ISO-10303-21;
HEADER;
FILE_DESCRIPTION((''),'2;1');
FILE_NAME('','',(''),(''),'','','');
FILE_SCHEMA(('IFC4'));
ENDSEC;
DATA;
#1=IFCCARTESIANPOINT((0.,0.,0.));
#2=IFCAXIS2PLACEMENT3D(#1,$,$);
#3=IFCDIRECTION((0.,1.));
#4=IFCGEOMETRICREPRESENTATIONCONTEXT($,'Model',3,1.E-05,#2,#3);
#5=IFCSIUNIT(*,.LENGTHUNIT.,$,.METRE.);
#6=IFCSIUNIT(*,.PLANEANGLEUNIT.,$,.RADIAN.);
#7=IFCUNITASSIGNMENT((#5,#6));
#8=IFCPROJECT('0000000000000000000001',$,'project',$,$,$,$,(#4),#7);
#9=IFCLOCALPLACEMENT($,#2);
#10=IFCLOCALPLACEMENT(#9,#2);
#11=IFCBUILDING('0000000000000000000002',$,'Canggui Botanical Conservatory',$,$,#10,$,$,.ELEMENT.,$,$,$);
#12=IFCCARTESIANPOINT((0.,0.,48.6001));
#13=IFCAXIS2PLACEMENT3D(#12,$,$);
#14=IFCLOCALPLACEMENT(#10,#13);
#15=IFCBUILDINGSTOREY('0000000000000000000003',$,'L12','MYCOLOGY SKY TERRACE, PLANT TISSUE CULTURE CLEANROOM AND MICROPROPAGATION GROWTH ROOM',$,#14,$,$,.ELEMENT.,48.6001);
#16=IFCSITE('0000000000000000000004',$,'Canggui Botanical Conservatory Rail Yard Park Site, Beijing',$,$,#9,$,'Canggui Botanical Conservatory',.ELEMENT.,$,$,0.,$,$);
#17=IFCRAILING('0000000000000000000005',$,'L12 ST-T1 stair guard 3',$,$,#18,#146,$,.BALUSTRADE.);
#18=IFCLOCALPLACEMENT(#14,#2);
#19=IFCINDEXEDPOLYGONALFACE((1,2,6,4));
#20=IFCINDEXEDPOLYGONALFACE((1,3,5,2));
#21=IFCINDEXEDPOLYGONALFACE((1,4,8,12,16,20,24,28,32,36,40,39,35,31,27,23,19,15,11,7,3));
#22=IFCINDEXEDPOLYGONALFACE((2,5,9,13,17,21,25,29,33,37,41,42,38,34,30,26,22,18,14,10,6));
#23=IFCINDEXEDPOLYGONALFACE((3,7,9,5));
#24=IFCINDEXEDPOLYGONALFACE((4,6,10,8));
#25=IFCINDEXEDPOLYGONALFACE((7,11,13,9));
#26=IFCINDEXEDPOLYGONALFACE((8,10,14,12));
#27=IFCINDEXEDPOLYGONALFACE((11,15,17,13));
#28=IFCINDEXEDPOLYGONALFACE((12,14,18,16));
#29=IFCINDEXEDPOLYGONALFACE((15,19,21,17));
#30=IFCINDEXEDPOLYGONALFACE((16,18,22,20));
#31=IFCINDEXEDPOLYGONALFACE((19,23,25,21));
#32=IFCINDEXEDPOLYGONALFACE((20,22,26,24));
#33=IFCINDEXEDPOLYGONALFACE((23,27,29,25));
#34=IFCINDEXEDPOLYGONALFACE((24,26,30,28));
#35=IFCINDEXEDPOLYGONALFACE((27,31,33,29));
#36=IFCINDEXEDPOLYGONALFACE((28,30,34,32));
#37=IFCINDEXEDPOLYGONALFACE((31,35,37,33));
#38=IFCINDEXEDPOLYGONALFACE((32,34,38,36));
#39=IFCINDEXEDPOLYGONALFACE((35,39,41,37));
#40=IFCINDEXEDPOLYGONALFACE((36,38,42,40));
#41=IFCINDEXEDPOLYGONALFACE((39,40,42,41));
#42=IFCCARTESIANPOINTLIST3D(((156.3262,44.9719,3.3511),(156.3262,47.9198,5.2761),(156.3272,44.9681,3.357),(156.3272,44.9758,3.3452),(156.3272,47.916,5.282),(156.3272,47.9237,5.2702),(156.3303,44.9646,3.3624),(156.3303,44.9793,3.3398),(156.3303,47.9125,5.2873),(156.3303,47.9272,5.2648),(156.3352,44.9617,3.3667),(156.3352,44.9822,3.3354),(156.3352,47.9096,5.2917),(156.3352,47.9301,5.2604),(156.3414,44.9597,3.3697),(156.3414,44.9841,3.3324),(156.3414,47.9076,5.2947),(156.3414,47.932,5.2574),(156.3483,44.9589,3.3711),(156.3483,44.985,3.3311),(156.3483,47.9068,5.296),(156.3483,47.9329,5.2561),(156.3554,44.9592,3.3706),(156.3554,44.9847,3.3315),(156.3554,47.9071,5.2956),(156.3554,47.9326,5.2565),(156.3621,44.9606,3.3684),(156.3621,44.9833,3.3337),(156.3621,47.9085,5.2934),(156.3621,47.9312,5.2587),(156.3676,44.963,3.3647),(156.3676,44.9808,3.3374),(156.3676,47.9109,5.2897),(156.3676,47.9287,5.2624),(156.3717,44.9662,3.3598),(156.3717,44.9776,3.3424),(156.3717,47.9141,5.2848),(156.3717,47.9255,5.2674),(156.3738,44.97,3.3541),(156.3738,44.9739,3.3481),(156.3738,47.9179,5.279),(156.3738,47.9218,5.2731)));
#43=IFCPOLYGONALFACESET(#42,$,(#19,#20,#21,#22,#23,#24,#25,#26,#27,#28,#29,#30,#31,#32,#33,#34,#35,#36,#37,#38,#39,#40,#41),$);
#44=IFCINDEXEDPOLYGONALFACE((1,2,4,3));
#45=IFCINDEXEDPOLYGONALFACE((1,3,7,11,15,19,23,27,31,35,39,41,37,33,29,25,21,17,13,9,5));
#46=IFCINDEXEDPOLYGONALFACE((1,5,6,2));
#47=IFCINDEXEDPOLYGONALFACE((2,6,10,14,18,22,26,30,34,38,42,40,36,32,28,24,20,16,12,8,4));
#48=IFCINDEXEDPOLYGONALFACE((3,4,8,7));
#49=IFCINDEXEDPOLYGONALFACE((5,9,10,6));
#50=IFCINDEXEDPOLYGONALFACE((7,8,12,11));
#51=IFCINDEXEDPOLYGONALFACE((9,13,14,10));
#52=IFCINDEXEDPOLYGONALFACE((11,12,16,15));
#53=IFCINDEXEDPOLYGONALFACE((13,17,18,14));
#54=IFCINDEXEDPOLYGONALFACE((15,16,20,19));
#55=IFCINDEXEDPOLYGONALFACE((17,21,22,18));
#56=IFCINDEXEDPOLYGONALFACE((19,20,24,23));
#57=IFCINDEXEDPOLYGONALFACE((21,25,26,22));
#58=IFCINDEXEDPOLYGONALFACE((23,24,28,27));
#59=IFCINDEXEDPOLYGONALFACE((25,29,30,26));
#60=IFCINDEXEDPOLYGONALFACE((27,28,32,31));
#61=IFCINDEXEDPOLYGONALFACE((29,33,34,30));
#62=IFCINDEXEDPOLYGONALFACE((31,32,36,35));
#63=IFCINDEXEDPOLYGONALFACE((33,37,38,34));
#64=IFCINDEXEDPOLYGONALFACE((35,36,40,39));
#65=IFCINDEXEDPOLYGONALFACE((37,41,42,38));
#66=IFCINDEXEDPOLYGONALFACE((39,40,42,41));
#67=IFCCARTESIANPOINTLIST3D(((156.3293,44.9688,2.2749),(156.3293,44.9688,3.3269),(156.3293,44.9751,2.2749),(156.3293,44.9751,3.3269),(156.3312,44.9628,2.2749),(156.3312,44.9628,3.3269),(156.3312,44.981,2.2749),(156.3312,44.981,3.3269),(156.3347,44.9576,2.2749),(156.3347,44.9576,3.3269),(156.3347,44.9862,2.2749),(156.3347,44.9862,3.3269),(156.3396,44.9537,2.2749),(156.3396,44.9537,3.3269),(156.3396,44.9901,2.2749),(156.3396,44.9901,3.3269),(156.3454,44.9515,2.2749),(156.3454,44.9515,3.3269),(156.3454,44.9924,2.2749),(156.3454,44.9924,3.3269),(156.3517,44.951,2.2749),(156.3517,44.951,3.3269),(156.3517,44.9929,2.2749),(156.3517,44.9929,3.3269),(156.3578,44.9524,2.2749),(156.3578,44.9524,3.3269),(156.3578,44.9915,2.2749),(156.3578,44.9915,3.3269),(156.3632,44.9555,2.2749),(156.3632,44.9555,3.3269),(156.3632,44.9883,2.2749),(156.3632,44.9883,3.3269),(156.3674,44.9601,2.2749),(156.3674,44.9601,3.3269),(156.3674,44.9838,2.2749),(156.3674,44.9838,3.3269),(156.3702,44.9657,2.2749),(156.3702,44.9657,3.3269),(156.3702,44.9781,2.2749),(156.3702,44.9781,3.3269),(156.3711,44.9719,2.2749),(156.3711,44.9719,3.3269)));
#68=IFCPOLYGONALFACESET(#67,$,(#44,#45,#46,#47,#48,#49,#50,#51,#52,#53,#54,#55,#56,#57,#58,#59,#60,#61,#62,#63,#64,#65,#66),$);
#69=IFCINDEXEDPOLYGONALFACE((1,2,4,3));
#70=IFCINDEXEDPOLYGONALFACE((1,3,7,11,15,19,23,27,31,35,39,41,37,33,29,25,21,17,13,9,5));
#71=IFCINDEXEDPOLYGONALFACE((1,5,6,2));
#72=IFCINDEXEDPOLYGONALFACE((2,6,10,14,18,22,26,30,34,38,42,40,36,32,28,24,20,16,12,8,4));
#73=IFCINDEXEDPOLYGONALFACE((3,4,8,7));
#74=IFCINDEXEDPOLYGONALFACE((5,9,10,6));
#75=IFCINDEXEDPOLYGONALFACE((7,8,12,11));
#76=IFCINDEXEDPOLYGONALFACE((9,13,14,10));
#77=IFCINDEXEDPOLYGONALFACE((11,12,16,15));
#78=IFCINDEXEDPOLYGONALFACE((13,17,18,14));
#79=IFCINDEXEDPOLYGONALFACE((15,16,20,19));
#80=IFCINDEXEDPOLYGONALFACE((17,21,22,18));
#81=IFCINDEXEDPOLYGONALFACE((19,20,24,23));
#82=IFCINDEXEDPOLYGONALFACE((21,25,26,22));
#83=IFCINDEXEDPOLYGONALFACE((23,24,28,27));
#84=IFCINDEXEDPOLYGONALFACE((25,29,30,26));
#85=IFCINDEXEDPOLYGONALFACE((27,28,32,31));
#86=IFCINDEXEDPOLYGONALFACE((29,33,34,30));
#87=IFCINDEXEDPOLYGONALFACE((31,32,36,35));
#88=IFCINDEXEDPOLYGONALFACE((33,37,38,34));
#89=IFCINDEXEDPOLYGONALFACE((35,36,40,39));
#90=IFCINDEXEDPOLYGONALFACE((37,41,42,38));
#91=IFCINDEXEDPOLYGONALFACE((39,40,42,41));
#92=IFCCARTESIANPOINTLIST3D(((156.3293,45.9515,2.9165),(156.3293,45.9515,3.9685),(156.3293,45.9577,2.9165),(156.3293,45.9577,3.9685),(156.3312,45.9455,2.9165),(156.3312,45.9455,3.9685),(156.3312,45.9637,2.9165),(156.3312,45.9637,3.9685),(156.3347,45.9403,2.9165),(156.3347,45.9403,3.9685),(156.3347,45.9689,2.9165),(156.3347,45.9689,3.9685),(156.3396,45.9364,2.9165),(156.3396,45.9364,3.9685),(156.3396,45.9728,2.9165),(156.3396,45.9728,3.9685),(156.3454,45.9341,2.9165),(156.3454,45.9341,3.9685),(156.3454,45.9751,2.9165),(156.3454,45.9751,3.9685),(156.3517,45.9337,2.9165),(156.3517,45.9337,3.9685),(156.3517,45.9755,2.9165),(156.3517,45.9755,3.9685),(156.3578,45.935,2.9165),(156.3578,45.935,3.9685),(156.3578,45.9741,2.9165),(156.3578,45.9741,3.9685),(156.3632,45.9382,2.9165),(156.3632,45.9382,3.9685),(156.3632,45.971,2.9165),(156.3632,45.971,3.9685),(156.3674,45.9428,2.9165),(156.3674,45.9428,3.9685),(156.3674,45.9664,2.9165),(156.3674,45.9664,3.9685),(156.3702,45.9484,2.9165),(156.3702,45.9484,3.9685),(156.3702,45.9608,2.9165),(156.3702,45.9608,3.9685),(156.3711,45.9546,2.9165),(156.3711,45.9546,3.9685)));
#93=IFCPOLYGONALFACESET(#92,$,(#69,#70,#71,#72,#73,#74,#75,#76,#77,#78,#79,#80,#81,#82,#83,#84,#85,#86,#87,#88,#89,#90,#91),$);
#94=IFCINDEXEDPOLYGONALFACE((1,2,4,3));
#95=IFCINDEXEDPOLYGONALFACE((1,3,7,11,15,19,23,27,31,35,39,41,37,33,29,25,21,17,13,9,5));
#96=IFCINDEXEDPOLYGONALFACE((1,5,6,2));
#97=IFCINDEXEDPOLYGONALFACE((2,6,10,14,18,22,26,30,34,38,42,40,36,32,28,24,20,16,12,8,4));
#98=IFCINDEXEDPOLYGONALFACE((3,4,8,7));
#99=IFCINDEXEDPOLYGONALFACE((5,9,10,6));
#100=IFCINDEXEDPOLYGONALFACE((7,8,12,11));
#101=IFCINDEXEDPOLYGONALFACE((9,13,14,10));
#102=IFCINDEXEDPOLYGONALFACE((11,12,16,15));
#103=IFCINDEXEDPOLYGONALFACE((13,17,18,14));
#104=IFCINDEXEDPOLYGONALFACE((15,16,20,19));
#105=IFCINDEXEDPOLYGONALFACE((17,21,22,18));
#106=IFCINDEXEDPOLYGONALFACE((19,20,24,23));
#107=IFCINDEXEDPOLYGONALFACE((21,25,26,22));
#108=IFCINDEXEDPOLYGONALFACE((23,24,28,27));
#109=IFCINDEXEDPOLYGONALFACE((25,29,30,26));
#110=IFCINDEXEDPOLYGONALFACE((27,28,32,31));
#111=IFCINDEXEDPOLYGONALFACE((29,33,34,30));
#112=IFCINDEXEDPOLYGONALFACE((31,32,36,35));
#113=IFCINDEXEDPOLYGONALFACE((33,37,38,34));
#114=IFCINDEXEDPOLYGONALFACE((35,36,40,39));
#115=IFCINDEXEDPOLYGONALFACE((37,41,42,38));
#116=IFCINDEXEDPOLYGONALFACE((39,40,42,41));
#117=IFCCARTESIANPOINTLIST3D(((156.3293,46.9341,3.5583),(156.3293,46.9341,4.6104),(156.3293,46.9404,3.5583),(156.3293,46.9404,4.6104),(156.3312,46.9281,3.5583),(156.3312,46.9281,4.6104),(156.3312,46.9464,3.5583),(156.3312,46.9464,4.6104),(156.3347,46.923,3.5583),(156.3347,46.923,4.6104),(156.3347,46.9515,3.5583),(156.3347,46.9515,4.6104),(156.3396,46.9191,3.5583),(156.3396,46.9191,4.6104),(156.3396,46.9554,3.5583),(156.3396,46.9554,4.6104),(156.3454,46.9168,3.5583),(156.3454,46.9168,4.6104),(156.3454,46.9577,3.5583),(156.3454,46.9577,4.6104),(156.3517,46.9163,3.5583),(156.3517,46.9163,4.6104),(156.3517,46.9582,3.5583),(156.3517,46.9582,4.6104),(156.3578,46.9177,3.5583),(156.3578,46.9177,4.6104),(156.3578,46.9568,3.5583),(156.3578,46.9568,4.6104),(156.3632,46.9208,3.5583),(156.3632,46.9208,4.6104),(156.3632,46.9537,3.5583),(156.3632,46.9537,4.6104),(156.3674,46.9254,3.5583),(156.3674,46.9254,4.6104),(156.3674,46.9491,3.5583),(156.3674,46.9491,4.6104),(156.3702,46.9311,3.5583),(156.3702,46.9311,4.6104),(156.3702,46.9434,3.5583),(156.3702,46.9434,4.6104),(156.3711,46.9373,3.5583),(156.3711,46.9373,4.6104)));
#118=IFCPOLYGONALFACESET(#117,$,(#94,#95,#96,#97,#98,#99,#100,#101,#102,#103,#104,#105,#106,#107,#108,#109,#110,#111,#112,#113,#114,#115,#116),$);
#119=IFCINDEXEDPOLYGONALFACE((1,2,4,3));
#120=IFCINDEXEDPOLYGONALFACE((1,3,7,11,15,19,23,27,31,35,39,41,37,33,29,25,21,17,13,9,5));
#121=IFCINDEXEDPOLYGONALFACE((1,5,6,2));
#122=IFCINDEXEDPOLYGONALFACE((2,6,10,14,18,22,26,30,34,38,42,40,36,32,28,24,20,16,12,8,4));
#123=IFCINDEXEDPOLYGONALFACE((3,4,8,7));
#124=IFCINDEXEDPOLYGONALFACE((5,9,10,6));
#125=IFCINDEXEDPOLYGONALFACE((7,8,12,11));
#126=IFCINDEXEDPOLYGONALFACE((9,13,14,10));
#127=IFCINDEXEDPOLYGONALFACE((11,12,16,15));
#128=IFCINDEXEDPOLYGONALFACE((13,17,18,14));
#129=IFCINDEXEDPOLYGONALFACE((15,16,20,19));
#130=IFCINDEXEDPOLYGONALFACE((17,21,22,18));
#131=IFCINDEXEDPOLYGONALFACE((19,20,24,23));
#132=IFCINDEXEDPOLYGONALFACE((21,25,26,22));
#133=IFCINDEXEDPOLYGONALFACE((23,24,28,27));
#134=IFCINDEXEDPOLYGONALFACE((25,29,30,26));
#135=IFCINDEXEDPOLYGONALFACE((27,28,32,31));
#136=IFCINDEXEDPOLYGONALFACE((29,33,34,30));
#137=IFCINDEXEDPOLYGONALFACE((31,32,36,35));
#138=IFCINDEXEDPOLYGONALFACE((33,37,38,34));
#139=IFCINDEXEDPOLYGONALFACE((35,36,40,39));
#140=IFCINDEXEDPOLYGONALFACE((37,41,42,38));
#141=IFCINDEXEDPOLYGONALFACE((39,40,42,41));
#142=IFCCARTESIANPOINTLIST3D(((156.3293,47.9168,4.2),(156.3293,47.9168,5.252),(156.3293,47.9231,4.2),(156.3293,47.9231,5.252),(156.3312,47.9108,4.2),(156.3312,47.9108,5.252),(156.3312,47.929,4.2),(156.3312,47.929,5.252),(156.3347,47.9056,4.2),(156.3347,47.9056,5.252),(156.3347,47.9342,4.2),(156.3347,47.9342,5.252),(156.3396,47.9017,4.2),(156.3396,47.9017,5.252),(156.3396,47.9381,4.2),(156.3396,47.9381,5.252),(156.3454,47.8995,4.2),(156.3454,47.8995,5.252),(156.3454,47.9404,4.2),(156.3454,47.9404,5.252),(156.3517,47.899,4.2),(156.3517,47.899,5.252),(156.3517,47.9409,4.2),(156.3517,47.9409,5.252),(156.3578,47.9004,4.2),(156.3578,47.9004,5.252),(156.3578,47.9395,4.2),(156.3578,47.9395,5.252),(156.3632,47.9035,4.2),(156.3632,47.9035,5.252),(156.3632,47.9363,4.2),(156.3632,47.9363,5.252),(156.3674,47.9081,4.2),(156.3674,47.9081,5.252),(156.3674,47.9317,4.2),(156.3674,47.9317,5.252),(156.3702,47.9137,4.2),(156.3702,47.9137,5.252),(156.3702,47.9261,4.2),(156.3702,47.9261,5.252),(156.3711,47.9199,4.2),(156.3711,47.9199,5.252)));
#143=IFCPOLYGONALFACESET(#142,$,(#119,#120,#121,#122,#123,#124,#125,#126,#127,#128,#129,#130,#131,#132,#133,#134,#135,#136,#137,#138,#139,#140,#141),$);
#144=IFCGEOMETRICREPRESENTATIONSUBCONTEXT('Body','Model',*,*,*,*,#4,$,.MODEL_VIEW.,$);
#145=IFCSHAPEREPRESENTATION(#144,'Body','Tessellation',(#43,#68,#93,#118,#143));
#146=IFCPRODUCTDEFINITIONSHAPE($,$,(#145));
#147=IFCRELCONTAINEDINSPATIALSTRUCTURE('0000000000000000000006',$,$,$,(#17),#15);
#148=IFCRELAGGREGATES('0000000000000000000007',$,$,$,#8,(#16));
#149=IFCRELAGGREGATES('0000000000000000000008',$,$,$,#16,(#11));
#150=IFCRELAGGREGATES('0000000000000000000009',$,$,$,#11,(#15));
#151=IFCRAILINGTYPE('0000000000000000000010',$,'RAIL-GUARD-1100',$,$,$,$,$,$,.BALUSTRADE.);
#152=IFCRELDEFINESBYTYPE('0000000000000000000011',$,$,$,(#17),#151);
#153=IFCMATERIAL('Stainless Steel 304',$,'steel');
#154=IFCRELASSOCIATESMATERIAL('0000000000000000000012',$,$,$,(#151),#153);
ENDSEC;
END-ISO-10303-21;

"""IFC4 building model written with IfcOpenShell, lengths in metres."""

from ifc_helpers import new_model, si_unit, direction, frame, origin, origin_2d, place, context, subcontext, project, spatial, circle, extrude, material, type_object, element, save


model = new_model("IFC4")

# Units and contexts
model_context = context("Model", 3, precision=1e-05, world=origin(), true_north=direction((0.0, 1.0)))
body_context = subcontext(model_context, "Body", "Model", "MODEL_VIEW")
ifc_project = project(units=[si_unit("LENGTHUNIT", "METRE"), si_unit("PLANEANGLEUNIT", "RADIAN")], contexts=[model_context])

# Site, building, storey
site_placement = place(None, origin())
site = spatial("IfcSite", under=ifc_project, at=site_placement, Name="Canggui Botanical Conservatory Rail Yard Park Site, Beijing", LongName="Canggui Botanical Conservatory", CompositionType="ELEMENT", RefElevation=0.0)
building_placement = place(site_placement, origin())
building = spatial("IfcBuilding", under=site, at=building_placement, Name="Canggui Botanical Conservatory", CompositionType="ELEMENT")
storey_placement = place(building_placement, frame((0.0, 0.0, 48.6001)))
storey = spatial("IfcBuildingStorey", under=building, at=storey_placement, Name="L12", Description="MYCOLOGY SKY TERRACE, PLANT TISSUE CULTURE CLEANROOM AND MICROPROPAGATION GROWTH ROOM", CompositionType="ELEMENT", Elevation=48.6001)

# Shared definitions
ifc_material_1 = material(Name="Stainless Steel 304", Category="steel")

# Railing
railing_type_1 = type_object("IfcRailingType", Name="RAIL-GUARD-1100", PredefinedType="BALUSTRADE", material=ifc_material_1)
railing_1_placement = place(storey_placement, frame((156.3501, 44.9719, 2.2749)))
element("IfcRailing", 1, at=railing_1_placement, inside=storey, type_object=railing_type_1, Name="L12 ST-T1 stair guard 3", PredefinedType="BALUSTRADE", context=body_context, shape_type="SweptSolid", body=[
    extrude(circle(Radius=0.0239, at=origin_2d()), frame((0.0, 0.0, 1.0762), z_axis=(0.0, 0.837293, 0.546754), x_axis=(-1.0, 0.0, 0.0)), (0.0, 0.0, 1.0), 3.5208),
    extrude(circle(Radius=0.021, at=origin_2d()), origin(), (0.0, 0.0, 1.0), 1.052),
    extrude(circle(Radius=0.021, at=origin_2d()), frame((0.0, 0.9827, 0.6416)), (0.0, 0.0, 1.0), 1.052),
    extrude(circle(Radius=0.021, at=origin_2d()), frame((0.0, 1.9653, 1.2834)), (0.0, 0.0, 1.0), 1.052),
    extrude(circle(Radius=0.021, at=origin_2d()), frame((0.0, 2.948, 1.925)), (0.0, 0.0, 1.0), 1.052),
])

save(model, "model.ifc")
